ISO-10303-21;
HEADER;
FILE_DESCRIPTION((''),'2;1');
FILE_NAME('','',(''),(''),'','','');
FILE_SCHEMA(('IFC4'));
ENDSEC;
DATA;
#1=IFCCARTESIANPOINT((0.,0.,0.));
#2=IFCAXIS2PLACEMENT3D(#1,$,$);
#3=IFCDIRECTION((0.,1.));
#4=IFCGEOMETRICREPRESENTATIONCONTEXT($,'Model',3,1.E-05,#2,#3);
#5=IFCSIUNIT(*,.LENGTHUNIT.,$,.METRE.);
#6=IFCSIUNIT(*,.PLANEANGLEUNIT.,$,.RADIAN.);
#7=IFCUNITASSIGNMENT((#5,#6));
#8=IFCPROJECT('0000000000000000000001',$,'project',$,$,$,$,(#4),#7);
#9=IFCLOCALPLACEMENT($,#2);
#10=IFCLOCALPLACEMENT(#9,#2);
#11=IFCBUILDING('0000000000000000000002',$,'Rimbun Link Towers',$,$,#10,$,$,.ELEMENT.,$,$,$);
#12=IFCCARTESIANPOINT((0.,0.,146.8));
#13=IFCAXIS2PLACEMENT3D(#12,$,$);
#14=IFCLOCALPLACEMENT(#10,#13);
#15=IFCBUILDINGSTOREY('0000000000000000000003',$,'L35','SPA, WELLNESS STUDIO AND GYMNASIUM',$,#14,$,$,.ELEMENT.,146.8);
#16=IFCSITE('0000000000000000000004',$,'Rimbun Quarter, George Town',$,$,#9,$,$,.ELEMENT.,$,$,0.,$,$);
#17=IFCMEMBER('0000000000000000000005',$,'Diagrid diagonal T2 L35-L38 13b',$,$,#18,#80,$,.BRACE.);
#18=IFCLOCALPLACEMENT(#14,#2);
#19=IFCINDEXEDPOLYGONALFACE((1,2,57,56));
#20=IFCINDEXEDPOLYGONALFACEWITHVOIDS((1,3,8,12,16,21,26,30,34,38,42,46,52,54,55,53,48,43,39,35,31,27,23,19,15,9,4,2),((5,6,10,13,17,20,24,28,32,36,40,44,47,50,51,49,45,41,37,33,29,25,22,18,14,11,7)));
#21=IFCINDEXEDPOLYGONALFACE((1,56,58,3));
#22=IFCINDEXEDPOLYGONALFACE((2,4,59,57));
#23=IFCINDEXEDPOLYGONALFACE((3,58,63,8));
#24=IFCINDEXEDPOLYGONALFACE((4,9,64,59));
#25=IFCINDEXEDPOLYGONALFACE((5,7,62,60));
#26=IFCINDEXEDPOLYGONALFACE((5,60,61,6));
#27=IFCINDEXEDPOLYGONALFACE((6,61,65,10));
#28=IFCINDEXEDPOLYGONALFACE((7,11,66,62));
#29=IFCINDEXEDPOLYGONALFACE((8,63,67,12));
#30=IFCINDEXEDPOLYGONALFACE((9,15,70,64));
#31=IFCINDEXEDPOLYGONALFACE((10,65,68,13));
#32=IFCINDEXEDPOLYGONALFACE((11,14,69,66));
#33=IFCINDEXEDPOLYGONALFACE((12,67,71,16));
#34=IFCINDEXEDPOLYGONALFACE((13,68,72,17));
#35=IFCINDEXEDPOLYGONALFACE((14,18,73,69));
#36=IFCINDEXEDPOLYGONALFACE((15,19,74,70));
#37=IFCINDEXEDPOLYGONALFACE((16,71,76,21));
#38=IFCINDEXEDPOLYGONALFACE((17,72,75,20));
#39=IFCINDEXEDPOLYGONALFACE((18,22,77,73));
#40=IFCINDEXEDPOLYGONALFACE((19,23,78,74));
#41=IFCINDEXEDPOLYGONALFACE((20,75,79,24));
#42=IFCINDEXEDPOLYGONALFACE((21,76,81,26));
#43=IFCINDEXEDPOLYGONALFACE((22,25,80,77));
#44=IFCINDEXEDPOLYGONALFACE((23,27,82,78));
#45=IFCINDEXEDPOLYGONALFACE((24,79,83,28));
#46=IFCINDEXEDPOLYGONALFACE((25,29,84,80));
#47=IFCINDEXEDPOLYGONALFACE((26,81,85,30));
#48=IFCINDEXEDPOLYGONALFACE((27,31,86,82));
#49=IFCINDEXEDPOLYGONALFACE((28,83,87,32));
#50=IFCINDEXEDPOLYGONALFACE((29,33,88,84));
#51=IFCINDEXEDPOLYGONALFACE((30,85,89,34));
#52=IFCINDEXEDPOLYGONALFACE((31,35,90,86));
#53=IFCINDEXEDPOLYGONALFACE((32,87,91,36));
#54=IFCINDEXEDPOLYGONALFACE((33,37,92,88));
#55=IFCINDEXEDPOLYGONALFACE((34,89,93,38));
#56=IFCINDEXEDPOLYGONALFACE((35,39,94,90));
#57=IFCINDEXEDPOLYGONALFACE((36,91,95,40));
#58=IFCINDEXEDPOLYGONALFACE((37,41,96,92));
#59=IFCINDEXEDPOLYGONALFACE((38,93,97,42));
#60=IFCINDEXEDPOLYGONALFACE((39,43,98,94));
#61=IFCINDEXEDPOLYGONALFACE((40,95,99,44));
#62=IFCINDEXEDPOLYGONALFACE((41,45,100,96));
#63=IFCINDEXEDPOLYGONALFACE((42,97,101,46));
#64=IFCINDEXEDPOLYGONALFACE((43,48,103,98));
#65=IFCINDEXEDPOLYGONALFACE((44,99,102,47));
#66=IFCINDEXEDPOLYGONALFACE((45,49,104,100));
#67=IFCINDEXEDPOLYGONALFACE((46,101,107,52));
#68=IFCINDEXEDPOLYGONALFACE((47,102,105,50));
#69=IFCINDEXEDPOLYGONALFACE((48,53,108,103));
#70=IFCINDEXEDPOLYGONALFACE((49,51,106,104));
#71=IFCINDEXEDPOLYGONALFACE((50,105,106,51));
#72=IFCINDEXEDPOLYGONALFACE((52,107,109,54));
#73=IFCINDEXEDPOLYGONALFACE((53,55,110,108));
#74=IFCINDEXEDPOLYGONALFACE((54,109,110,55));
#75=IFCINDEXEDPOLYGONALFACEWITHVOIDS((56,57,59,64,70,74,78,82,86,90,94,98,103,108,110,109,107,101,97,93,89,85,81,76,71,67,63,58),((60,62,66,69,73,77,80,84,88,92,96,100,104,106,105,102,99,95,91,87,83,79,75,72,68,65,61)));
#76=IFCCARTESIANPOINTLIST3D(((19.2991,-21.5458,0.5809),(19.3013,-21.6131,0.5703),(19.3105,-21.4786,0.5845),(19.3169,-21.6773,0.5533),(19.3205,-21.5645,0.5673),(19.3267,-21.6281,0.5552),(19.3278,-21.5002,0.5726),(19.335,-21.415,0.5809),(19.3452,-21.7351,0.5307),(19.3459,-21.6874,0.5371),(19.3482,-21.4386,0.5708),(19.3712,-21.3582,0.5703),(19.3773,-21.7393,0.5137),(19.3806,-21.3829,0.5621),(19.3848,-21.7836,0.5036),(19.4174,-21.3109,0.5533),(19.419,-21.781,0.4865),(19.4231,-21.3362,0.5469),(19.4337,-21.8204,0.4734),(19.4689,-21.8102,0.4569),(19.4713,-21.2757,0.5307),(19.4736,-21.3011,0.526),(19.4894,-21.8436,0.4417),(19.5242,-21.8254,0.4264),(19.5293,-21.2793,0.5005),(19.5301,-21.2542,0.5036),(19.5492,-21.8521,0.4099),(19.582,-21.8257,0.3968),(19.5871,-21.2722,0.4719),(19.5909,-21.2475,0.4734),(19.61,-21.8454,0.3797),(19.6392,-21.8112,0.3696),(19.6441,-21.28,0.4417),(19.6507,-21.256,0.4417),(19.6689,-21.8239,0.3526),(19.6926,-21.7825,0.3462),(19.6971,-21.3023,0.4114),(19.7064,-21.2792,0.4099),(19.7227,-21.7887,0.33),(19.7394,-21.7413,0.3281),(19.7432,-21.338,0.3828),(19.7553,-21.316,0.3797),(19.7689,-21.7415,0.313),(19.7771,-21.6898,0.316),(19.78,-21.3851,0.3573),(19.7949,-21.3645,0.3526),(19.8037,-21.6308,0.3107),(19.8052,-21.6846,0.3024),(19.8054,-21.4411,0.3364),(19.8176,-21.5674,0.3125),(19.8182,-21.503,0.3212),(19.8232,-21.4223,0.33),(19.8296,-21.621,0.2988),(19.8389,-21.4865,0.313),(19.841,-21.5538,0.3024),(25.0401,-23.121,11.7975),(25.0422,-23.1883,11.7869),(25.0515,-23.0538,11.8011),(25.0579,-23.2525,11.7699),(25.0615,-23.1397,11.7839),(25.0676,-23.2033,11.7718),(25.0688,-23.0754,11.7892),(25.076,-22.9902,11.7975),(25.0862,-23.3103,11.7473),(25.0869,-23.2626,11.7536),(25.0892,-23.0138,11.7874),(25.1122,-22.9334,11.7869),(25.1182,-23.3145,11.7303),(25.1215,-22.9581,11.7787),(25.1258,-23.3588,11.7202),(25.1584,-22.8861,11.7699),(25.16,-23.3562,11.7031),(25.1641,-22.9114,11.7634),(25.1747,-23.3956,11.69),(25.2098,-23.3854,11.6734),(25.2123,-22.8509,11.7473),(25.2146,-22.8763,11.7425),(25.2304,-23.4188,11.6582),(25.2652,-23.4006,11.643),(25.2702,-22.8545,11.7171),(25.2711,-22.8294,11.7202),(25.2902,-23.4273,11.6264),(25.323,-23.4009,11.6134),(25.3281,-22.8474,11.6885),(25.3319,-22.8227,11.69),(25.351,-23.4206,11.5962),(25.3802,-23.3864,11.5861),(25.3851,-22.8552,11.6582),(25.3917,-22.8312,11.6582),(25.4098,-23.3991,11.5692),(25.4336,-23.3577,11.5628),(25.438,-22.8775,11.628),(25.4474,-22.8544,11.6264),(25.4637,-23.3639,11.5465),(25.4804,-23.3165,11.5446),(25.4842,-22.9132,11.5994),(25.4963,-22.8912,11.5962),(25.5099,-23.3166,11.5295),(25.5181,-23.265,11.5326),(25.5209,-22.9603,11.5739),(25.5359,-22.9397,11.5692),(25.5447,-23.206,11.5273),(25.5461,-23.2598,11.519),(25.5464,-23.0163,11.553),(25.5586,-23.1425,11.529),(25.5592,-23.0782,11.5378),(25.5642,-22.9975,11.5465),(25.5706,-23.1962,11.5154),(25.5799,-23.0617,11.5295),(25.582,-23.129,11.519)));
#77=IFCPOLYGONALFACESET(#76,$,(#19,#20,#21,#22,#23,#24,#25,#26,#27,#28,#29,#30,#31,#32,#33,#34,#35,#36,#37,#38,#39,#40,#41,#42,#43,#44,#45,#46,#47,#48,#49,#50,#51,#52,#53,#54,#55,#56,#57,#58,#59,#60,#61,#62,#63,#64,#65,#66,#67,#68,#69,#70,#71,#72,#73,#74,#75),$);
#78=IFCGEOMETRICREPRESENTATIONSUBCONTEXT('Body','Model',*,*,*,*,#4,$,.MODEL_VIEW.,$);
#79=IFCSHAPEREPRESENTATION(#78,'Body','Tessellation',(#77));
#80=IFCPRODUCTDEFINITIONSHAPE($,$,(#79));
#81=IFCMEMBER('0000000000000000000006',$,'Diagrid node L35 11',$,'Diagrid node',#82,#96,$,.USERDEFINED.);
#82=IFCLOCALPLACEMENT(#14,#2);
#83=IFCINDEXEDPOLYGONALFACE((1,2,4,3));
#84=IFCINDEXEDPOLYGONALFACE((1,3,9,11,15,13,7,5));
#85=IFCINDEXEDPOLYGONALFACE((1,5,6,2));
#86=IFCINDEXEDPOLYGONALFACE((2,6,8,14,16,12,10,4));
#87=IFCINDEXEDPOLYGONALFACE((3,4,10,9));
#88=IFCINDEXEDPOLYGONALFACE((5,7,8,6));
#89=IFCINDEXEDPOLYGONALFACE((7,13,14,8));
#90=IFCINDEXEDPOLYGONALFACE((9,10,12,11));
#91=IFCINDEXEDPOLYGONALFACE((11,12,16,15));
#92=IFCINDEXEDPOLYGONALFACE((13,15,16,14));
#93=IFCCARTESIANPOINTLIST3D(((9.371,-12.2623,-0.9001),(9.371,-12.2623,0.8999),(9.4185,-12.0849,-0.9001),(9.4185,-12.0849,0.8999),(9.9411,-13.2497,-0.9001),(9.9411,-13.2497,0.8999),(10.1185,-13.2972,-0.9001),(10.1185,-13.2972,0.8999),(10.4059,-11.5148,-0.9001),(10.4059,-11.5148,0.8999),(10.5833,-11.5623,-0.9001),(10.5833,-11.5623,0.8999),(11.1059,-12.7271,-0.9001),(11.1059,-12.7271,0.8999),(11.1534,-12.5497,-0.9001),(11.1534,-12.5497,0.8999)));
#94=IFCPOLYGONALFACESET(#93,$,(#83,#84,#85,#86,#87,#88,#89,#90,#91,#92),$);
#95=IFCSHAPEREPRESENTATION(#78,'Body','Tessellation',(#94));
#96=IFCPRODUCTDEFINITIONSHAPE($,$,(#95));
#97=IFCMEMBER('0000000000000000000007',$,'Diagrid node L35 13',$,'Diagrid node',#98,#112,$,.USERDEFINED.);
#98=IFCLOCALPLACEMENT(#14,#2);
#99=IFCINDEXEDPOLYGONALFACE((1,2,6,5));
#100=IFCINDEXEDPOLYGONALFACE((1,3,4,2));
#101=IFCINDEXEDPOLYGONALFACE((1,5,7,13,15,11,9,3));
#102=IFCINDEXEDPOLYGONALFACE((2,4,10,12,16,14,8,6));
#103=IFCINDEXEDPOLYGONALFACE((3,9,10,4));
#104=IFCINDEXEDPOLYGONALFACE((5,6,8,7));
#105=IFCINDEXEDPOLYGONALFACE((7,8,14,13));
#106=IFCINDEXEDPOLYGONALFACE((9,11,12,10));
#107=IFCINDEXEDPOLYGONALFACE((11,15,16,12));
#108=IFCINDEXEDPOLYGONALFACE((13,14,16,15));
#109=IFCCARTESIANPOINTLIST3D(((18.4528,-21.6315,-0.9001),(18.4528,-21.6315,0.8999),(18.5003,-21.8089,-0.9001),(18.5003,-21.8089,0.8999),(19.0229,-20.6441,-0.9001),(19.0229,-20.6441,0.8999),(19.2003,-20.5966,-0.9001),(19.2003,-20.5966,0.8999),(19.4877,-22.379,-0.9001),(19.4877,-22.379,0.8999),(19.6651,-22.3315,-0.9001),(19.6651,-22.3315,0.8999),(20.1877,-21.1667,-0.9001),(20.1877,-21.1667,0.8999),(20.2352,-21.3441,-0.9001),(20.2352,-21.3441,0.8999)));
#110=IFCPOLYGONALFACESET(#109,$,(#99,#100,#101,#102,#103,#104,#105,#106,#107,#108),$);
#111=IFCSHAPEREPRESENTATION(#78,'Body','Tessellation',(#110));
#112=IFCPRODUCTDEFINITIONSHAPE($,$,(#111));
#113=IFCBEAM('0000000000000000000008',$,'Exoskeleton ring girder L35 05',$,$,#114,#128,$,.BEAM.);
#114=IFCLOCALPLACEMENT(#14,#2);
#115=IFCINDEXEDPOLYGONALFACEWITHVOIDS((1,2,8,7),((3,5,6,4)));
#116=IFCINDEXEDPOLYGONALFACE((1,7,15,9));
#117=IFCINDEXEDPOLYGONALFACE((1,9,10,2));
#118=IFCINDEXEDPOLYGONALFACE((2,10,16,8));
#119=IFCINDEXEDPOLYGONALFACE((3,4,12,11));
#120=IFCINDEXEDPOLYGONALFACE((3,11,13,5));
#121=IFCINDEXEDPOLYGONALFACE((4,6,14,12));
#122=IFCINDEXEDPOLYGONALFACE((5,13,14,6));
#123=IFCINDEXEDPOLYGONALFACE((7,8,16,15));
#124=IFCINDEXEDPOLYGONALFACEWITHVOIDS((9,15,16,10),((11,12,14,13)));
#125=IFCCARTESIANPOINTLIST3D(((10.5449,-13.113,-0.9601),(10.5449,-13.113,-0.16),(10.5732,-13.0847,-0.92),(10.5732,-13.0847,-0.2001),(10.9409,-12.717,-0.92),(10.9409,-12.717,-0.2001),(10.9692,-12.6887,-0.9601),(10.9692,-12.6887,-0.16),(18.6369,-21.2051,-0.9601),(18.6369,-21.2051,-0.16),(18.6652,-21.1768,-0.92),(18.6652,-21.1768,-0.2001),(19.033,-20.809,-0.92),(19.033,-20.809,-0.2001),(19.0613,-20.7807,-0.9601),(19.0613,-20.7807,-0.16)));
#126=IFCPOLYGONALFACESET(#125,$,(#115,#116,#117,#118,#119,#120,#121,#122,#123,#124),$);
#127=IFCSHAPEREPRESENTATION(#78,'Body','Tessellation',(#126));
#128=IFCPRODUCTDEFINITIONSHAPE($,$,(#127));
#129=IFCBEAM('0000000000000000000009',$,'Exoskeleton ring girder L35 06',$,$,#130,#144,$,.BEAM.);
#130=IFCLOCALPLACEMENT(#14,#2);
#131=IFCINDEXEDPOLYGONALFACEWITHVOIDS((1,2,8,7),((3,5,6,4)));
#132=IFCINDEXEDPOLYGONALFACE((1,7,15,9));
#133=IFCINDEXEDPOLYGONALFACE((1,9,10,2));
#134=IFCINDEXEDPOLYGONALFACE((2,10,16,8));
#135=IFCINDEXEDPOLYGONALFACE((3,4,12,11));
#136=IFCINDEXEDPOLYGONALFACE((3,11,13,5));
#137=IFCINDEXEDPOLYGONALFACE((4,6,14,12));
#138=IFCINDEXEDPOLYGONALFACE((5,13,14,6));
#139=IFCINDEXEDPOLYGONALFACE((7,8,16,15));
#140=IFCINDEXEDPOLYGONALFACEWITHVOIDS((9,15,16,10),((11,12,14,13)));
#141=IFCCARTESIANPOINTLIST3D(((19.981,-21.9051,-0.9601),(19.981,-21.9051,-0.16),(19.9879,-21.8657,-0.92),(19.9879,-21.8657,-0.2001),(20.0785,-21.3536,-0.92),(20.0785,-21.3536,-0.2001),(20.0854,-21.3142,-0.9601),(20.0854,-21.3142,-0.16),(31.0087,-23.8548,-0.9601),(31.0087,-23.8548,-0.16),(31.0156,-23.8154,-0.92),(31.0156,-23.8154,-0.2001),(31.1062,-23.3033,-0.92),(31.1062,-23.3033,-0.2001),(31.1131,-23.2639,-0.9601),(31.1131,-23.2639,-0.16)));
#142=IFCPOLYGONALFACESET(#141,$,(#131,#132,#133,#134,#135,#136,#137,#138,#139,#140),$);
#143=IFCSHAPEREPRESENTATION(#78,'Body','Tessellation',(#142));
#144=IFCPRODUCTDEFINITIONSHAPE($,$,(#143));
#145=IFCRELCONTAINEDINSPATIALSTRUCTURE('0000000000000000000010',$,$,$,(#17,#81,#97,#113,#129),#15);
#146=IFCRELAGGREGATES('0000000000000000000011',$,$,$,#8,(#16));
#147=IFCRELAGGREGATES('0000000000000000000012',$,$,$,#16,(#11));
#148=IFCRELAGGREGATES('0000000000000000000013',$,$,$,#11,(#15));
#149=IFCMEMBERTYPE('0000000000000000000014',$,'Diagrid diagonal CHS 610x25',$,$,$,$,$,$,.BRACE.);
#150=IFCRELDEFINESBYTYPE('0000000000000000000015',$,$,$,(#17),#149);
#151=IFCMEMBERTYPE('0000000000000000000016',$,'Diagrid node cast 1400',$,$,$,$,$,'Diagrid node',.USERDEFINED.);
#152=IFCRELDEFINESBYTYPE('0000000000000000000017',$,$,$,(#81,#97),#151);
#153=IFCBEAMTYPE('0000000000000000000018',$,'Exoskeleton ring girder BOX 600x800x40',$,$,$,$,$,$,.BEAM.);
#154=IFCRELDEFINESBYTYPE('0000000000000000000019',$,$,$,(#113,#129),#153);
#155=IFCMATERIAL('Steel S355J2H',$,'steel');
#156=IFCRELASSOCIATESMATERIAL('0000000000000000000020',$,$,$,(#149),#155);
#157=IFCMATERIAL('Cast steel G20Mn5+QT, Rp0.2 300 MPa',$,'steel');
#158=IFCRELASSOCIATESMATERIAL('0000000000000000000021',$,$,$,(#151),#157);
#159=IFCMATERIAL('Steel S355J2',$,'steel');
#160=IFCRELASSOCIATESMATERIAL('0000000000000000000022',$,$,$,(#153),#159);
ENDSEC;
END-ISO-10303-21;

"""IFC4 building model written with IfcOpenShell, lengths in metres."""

from ifc_helpers import new_model, si_unit, direction, frame, origin, origin_2d, place, context, subcontext, project, spatial, polyline, hollow_rectangle, hollow_circle, outline, extrude, material, material_profile, profile_set, type_object, element, save


model = new_model("IFC4")

# Units and contexts
model_context = context("Model", 3, precision=1e-05, world=origin(), true_north=direction((0.0, 1.0)))
body_context = subcontext(model_context, "Body", "Model", "MODEL_VIEW")
ifc_project = project(units=[si_unit("LENGTHUNIT", "METRE"), si_unit("PLANEANGLEUNIT", "RADIAN")], contexts=[model_context])

# Site, building, storey
site_placement = place(None, origin())
site = spatial("IfcSite", under=ifc_project, at=site_placement, Name="Rimbun Quarter, George Town", CompositionType="ELEMENT", RefElevation=0.0)
building_placement = place(site_placement, origin())
building = spatial("IfcBuilding", under=site, at=building_placement, Name="Rimbun Link Towers", CompositionType="ELEMENT")
storey_placement = place(building_placement, frame((0.0, 0.0, 146.8)))
storey = spatial("IfcBuildingStorey", under=building, at=storey_placement, Name="L35", Description="SPA, WELLNESS STUDIO AND GYMNASIUM", CompositionType="ELEMENT", Elevation=146.8)

# Members
ifc_material_1 = material(Name="Steel S355J2H", Category="steel")
ifc_material_profile_1 = material_profile(ifc_material_1, hollow_circle(Radius=0.3047, WallThickness=0.0249, at=origin_2d()), Name="Diagrid diagonal CHS 610x25")
ifc_profile_set_1 = profile_set([ifc_material_profile_1], Name="Steel S355J2H")
member_type_1 = type_object("IfcMemberType", Name="Diagrid diagonal CHS 610x25", PredefinedType="BRACE", material=ifc_profile_set_1)
member_1_placement = place(storey_placement, frame((19.5701, -21.5498, 0.4417), z_axis=(0.452099, -0.124046, 0.8833), x_axis=(0.264599, 0.964359, 0.0)))
element("IfcMember", 1, at=member_1_placement, inside=storey, type_object=member_type_1, Name="Diagrid diagonal T2 L35-L38 13b", PredefinedType="BRACE", context=body_context, shape_type="SweptSolid", body=[
    extrude(hollow_circle(Radius=0.3047, WallThickness=0.0249, at=origin_2d()), origin(), (0.0, 0.0, 1.0), 12.6985),
])
ifc_material_2 = material(Name="Cast steel G20Mn5+QT, Rp0.2 300 MPa", Category="steel")
ifc_material_profile_2 = material_profile(ifc_material_2, outline(polyline([(0.7, -0.5701), (0.7, 0.5701), (0.5701, 0.7), (-0.5701, 0.7), (-0.7, 0.5701), (-0.7, -0.5701), (-0.5701, -0.7), (0.5701, -0.7), (0.7, -0.5701)])), Name="NODE 1400x1400")
ifc_profile_set_2 = profile_set([ifc_material_profile_2], Name="Cast steel G20Mn5+QT, Rp0.2 300 MPa")
member_type_2 = type_object("IfcMemberType", Name="Diagrid node cast 1400", ElementType="Diagrid node", PredefinedType="USERDEFINED", material=ifc_profile_set_2)
for number, where, z_axis, x_axis, name in (
    (2, (10.2622, -12.406, -0.9001), (0.0, 0.0, 1.0), (-0.866025, -0.5, 0.0), "Diagrid node L35 11"),
    (3, (19.344, -21.4878, -0.9001), (0.0, 0.0, 1.0), (-0.5, -0.866025, 0.0), "Diagrid node L35 13"),
):
    element("IfcMember", number, at=place(storey_placement, frame(where, z_axis=z_axis, x_axis=x_axis)), inside=storey, type_object=member_type_2, Name=name, ObjectType="Diagrid node", PredefinedType="USERDEFINED", context=body_context, shape_type="SweptSolid", body=[
        extrude(outline(polyline([(0.7, -0.5701), (0.7, 0.5701), (0.5701, 0.7), (-0.5701, 0.7), (-0.7, 0.5701), (-0.7, -0.5701), (-0.5701, -0.7), (0.5701, -0.7), (0.7, -0.5701)])), origin(), (0.0, 0.0, 1.0), 1.8),
    ])

# Beams
ifc_material_3 = material(Name="Steel S355J2", Category="steel")
ifc_material_profile_3 = material_profile(ifc_material_3, hollow_rectangle(XDim=0.6001, YDim=0.8, WallThickness=0.04, at=origin_2d()), Name="Exoskeleton ring girder BOX 600x800x40")
ifc_profile_set_3 = profile_set([ifc_material_profile_3], Name="Steel S355J2")
beam_type_1 = type_object("IfcBeamType", Name="Exoskeleton ring girder BOX 600x800x40", PredefinedType="BEAM", material=ifc_profile_set_3)
beam_1_placement = place(storey_placement, frame((10.7571, -12.9009, -0.5601), z_axis=(0.707107, -0.707107, 0.0), x_axis=(0.707107, 0.707107, 0.0)))
element("IfcBeam", 4, at=beam_1_placement, inside=storey, type_object=beam_type_1, Name="Exoskeleton ring girder L35 05", PredefinedType="BEAM", context=body_context, shape_type="SweptSolid", body=[
    extrude(hollow_rectangle(XDim=0.6001, YDim=0.8, WallThickness=0.04, at=origin_2d()), origin(), (0.0, 0.0, 1.0), 11.4438),
])
beam_2_placement = place(storey_placement, frame((20.0332, -21.6096, -0.5601), z_axis=(0.984728, -0.174102, 0.0), x_axis=(0.174102, 0.984728, 0.0)))
element("IfcBeam", 5, at=beam_2_placement, inside=storey, type_object=beam_type_1, Name="Exoskeleton ring girder L35 06", PredefinedType="BEAM", context=body_context, shape_type="SweptSolid", body=[
    extrude(hollow_rectangle(XDim=0.6001, YDim=0.8, WallThickness=0.04, at=origin_2d()), origin(), (0.0, 0.0, 1.0), 11.1987),
])

save(model, "model.ifc")
